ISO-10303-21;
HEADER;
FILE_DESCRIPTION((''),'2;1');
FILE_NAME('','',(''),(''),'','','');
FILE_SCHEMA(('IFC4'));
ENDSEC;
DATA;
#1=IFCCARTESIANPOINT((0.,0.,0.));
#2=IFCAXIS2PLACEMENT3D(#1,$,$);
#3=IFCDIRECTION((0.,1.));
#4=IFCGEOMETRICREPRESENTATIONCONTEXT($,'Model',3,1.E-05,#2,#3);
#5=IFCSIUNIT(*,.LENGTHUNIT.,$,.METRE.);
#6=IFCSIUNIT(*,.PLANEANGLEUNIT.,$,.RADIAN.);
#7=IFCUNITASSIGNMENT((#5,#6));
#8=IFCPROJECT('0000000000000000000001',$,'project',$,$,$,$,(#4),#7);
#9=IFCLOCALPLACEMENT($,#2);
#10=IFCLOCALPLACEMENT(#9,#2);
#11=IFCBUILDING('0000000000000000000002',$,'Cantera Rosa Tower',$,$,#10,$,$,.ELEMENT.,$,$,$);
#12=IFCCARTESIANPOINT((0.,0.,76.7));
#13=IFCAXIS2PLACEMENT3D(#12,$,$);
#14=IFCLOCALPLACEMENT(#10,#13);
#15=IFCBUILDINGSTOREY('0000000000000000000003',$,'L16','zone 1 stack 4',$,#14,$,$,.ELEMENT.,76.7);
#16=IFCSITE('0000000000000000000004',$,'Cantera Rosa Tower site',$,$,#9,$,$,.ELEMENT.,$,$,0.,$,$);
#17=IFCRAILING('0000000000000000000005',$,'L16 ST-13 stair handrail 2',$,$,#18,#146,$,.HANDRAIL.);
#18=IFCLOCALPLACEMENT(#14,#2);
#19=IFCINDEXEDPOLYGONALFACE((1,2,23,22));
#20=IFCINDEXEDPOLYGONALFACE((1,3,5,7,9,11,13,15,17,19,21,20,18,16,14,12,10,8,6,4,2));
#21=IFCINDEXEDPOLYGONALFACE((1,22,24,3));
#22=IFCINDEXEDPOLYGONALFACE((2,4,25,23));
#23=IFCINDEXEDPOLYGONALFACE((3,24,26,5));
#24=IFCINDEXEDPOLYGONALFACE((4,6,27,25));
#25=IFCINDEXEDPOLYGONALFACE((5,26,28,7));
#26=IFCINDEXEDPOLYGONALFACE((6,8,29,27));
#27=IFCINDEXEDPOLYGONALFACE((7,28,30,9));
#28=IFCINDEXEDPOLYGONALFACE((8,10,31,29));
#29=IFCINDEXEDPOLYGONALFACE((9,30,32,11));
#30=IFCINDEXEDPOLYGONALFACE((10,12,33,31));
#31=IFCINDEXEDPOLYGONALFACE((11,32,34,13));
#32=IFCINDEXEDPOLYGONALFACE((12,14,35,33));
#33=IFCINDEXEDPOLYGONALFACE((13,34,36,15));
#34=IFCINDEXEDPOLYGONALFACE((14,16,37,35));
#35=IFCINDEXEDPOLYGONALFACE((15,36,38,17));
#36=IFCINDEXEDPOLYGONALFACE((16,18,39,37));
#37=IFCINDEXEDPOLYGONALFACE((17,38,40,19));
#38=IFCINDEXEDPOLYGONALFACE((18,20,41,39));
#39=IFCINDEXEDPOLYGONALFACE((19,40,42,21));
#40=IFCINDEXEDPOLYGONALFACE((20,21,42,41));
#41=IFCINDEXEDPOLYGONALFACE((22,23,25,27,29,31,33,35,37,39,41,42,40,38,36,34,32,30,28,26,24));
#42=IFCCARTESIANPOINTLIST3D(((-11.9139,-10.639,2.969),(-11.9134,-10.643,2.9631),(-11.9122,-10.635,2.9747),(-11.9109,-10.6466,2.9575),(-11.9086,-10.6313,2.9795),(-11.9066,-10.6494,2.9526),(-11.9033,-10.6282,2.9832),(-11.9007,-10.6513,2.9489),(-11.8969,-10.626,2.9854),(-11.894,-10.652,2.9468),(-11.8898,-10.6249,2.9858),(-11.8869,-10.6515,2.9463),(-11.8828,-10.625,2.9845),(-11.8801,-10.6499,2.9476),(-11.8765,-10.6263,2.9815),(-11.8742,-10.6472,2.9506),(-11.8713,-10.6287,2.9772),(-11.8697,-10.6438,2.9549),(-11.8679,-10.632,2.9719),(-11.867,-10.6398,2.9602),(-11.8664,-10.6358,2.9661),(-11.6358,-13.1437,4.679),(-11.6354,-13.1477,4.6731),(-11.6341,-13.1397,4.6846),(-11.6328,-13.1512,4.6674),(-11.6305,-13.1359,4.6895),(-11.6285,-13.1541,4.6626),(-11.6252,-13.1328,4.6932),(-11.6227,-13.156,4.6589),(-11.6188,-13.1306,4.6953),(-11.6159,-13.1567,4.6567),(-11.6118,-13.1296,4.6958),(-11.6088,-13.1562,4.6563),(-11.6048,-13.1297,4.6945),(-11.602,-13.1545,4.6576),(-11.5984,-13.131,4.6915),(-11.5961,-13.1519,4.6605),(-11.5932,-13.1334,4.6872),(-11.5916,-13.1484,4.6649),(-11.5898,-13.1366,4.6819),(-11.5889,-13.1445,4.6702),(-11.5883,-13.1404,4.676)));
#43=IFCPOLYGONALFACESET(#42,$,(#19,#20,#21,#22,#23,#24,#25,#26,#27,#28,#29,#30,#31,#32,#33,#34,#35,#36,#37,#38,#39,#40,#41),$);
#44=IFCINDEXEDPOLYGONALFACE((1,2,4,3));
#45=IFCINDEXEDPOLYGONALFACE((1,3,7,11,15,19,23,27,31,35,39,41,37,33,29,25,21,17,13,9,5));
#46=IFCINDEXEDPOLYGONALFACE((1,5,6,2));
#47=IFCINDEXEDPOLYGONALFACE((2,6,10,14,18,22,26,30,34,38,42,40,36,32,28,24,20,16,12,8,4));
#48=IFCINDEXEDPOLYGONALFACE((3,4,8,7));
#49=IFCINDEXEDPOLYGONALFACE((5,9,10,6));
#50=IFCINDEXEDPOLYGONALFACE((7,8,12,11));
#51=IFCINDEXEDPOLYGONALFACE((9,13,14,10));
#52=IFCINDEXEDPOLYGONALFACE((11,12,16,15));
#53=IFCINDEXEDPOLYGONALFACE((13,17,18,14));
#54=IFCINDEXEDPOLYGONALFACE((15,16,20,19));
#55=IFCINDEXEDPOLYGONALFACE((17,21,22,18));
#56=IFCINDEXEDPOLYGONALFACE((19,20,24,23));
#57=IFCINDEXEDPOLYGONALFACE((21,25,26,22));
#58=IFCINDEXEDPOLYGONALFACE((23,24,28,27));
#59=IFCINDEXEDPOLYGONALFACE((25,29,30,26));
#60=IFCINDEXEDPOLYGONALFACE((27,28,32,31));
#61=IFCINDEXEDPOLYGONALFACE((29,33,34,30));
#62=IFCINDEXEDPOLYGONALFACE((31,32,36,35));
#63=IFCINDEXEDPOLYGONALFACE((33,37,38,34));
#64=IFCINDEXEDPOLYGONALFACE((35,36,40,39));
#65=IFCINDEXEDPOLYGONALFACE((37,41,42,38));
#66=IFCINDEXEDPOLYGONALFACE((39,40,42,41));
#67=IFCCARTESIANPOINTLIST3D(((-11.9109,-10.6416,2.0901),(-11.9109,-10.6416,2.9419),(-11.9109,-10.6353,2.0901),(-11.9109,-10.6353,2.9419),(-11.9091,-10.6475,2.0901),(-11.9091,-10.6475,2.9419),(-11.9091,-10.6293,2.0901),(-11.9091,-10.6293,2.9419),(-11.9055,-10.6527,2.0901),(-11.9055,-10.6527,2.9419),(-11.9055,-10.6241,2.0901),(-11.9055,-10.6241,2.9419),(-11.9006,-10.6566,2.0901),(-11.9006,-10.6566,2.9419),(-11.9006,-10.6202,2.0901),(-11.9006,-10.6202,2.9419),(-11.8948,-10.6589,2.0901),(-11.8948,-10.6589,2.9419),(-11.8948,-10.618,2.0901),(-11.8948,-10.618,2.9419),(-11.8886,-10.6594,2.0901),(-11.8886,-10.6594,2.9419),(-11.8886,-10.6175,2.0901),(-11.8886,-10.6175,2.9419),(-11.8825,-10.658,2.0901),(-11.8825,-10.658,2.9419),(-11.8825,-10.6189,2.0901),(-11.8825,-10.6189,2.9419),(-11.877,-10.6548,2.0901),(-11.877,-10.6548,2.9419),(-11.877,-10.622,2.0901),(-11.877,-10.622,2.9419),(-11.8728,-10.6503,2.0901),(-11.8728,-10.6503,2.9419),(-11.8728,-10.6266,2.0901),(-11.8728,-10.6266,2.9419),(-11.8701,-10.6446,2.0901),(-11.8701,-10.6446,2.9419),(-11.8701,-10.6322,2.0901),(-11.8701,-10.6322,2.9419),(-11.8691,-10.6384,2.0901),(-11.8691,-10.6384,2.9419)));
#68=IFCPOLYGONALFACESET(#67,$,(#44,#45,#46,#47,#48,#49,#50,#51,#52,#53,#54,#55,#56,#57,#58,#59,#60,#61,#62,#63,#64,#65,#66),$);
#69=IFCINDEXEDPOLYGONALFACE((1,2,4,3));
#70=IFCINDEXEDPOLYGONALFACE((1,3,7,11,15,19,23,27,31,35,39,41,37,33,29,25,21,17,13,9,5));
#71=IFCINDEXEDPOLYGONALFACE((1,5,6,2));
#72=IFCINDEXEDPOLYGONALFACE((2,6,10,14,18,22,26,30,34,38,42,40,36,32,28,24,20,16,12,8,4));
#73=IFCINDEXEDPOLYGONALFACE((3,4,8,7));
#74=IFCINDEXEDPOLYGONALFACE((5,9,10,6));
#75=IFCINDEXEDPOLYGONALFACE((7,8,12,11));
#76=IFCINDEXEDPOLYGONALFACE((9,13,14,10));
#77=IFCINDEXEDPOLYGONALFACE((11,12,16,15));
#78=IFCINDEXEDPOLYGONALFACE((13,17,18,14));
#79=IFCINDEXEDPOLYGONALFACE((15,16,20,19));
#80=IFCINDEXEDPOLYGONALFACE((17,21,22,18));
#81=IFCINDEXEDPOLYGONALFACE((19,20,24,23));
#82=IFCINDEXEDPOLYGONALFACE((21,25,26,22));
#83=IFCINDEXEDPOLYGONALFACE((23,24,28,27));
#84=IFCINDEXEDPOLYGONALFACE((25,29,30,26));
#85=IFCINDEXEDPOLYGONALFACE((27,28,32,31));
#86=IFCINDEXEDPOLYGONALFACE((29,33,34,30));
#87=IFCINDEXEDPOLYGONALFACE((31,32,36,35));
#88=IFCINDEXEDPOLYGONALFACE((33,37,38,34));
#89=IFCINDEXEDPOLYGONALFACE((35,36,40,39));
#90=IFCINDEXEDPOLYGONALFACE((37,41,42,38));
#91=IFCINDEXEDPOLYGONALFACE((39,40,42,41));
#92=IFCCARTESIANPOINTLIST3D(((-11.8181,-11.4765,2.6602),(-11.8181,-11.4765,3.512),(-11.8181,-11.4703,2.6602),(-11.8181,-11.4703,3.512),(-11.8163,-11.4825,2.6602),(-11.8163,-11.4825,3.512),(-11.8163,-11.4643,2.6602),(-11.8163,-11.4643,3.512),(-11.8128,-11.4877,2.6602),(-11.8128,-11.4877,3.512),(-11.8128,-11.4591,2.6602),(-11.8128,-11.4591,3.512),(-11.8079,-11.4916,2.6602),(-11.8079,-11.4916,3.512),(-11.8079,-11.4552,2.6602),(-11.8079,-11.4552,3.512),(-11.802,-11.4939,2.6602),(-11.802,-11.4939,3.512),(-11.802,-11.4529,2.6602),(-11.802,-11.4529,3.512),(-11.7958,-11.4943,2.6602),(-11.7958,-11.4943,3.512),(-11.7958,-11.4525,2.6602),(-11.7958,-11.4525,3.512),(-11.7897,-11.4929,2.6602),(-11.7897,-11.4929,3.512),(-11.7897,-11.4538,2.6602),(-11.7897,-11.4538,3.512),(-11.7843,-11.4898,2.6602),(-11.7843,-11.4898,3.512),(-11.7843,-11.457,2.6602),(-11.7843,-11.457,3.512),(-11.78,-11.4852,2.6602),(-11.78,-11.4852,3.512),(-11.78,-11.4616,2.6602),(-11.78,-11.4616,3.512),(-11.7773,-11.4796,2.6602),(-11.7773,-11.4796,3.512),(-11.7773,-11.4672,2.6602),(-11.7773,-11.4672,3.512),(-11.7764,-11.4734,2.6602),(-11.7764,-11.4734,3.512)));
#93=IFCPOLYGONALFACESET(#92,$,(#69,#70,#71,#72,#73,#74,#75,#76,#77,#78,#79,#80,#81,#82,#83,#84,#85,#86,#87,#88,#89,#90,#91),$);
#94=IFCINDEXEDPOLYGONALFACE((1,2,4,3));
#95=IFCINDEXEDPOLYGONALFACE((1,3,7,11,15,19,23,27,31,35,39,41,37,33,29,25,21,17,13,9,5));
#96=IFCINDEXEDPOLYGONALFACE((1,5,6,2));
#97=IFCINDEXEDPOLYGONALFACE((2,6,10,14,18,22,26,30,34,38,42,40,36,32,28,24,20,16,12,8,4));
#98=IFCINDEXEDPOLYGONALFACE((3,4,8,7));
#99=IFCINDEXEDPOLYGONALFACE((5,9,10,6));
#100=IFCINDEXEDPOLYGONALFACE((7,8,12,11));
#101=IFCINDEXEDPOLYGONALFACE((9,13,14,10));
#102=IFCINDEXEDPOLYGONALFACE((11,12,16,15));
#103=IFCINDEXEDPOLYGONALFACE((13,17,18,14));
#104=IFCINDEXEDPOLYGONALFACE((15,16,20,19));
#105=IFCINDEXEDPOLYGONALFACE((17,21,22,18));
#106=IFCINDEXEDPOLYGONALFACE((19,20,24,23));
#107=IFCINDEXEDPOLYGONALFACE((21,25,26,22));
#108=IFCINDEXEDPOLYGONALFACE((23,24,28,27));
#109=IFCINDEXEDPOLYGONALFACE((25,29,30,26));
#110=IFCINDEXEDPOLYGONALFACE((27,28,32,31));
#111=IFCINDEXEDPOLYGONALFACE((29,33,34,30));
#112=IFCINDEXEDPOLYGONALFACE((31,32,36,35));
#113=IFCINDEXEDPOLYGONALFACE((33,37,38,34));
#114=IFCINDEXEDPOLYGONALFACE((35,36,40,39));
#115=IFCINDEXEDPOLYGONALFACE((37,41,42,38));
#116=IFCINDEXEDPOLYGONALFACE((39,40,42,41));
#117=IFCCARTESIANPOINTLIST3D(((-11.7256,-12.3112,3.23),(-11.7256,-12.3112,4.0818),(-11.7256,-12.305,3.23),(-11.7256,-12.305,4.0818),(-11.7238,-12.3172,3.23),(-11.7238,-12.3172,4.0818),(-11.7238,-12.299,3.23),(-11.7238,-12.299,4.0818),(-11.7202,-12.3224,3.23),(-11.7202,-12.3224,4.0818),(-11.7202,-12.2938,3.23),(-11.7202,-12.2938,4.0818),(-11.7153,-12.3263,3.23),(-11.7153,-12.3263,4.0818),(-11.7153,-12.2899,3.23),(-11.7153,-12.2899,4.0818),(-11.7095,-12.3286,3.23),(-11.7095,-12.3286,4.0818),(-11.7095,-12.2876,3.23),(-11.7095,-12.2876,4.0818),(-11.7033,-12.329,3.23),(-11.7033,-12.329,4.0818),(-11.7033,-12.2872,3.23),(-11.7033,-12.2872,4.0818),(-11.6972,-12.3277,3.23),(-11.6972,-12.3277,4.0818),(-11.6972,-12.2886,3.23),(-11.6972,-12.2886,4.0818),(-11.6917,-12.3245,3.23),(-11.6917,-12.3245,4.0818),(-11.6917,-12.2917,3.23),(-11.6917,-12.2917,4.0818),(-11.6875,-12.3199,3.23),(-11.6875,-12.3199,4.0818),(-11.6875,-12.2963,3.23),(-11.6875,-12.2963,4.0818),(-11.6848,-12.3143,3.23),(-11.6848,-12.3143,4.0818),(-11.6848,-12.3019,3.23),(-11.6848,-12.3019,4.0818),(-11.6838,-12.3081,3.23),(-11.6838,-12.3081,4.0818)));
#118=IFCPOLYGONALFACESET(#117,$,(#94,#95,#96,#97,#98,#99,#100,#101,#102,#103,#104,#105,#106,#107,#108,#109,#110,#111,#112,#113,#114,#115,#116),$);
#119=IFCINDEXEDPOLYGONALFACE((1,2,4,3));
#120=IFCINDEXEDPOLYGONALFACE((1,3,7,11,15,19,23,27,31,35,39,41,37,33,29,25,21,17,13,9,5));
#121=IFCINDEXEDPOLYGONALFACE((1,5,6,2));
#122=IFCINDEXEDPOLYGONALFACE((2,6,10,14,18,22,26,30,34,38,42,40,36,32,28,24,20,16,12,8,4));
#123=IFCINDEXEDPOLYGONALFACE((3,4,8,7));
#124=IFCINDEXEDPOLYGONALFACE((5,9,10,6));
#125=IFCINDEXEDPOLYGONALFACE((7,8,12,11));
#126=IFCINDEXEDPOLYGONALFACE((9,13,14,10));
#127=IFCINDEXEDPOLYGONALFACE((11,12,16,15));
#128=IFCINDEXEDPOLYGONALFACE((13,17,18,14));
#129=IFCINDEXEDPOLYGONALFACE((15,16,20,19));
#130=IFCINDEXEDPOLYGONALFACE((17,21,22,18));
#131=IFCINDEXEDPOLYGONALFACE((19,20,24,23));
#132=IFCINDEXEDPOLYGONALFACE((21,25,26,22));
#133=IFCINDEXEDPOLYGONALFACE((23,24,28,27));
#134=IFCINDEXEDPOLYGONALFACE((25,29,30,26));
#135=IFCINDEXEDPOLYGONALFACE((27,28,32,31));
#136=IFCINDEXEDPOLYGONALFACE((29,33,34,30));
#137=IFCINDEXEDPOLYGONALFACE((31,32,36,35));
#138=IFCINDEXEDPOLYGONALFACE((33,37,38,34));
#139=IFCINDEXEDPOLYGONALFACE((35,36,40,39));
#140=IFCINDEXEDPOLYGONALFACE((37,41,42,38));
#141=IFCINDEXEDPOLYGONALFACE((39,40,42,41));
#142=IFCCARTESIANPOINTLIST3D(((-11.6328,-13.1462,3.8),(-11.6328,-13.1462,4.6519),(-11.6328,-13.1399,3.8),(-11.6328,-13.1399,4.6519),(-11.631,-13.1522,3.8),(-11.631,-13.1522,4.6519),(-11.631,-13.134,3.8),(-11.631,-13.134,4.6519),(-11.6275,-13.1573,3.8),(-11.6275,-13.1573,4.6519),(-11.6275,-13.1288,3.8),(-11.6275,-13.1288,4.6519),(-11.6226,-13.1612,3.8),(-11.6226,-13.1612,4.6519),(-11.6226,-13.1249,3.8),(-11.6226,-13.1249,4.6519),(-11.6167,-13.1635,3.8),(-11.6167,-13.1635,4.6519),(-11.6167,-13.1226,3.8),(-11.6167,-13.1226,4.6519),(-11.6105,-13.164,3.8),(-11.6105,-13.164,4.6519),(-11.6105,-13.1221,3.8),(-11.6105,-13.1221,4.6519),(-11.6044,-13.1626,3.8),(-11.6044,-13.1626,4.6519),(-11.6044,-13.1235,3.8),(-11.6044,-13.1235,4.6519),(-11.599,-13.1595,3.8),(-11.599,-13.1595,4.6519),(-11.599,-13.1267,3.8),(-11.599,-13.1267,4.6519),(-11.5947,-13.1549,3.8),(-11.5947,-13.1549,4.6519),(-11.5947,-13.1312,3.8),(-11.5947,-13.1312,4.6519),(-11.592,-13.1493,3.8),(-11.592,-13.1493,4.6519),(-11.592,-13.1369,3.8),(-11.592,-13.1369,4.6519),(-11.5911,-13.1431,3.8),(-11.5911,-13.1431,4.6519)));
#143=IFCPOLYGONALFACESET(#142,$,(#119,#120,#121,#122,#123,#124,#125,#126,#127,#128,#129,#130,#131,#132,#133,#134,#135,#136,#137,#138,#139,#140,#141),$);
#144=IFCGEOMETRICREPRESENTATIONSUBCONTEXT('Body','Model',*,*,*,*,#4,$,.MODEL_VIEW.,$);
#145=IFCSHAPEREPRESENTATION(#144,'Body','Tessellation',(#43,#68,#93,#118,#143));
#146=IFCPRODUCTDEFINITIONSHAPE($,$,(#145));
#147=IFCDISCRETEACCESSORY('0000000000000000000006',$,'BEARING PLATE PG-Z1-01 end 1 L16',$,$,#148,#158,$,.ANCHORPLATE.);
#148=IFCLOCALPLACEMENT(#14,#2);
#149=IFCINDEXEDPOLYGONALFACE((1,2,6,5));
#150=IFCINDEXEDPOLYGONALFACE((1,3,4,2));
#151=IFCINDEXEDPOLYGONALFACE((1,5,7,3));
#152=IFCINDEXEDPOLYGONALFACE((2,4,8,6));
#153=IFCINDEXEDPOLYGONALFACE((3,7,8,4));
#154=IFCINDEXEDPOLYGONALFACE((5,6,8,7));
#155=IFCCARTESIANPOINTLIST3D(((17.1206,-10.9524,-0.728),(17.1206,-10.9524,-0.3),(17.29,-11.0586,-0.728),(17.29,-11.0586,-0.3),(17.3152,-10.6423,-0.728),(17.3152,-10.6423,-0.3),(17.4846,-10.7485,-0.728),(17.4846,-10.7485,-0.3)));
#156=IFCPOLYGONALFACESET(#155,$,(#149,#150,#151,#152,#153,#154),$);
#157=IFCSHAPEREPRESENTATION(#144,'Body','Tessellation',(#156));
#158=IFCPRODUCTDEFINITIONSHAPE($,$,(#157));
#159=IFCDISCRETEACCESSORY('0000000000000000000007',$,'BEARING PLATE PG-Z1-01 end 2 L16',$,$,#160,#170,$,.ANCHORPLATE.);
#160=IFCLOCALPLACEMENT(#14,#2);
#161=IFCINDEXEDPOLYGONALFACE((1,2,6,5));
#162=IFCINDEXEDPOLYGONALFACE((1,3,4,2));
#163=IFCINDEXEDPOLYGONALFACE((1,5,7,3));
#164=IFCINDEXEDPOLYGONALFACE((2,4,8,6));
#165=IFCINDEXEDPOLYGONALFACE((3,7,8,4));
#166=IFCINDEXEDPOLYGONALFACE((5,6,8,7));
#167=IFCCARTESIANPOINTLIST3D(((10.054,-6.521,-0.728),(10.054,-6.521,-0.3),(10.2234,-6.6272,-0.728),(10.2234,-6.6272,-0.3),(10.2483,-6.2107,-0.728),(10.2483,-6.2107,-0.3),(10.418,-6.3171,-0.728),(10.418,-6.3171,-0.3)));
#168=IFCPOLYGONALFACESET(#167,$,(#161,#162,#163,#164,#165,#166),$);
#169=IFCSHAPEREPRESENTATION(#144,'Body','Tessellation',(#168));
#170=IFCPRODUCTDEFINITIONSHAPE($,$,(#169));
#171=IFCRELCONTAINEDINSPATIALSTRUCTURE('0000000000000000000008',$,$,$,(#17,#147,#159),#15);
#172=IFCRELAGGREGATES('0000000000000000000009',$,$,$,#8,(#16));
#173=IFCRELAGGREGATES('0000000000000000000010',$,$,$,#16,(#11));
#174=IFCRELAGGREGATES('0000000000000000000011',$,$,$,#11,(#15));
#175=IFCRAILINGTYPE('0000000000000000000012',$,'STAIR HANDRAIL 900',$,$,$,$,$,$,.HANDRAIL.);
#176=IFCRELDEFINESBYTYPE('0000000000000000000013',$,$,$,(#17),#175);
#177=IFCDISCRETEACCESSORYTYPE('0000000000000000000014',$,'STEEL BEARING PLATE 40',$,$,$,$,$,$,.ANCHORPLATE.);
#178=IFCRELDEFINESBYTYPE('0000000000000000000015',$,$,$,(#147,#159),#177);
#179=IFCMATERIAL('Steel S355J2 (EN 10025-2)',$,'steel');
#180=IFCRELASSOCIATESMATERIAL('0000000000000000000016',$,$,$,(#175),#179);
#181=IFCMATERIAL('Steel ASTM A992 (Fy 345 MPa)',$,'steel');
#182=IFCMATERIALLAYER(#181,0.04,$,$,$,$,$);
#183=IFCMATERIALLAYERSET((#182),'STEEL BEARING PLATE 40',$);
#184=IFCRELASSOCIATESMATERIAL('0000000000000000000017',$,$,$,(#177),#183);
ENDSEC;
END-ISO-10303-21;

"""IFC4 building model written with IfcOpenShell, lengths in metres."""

from ifc_helpers import new_model, si_unit, direction, frame, origin, origin_2d, place, context, subcontext, project, spatial, polyline, circle, outline, extrude, material, layer, layer_set, type_object, element, save


model = new_model("IFC4")

# Units and contexts
model_context = context("Model", 3, precision=1e-05, world=origin(), true_north=direction((0.0, 1.0)))
body_context = subcontext(model_context, "Body", "Model", "MODEL_VIEW")
ifc_project = project(units=[si_unit("LENGTHUNIT", "METRE"), si_unit("PLANEANGLEUNIT", "RADIAN")], contexts=[model_context])

# Site, building, storey
site_placement = place(None, origin())
site = spatial("IfcSite", under=ifc_project, at=site_placement, Name="Cantera Rosa Tower site", CompositionType="ELEMENT", RefElevation=0.0)
building_placement = place(site_placement, origin())
building = spatial("IfcBuilding", under=site, at=building_placement, Name="Cantera Rosa Tower", CompositionType="ELEMENT")
storey_placement = place(building_placement, frame((0.0, 0.0, 76.7)))
storey = spatial("IfcBuildingStorey", under=building, at=storey_placement, Name="L16", Description="zone 1 stack 4", CompositionType="ELEMENT", Elevation=76.7)

# Railing
ifc_material_1 = material(Name="Steel S355J2 (EN 10025-2)", Category="steel")
railing_type_1 = type_object("IfcRailingType", Name="STAIR HANDRAIL 900", PredefinedType="HANDRAIL", material=ifc_material_1)
railing_1_placement = place(storey_placement, frame((-11.8901, -10.6384, 2.0901)))
element("IfcRailing", 1, at=railing_1_placement, inside=storey, type_object=railing_type_1, Name="L16 ST-13 stair handrail 2", PredefinedType="HANDRAIL", context=body_context, shape_type="SweptSolid", body=[
    extrude(circle(Radius=0.0239, at=origin_2d()), frame((0.0, 0.0, 0.876), z_axis=(0.09131, -0.822431, 0.561488), x_axis=(0.993893, 0.110346, 0.0)), (0.0, 0.0, 1.0), 3.0454),
    extrude(circle(Radius=0.021, at=origin_2d()), origin(), (0.0, 0.0, 1.0), 0.8518),
    extrude(circle(Radius=0.021, at=origin_2d()), frame((0.0928, -0.835, 0.5701)), (0.0, 0.0, 1.0), 0.8518),
    extrude(circle(Radius=0.021, at=origin_2d()), frame((0.1853, -1.6697, 1.1399)), (0.0, 0.0, 1.0), 0.8518),
    extrude(circle(Radius=0.021, at=origin_2d()), frame((0.2781, -2.5046, 1.71)), (0.0, 0.0, 1.0), 0.8518),
])

# Discrete accessories
ifc_material_2 = material(Name="Steel ASTM A992 (Fy 345 MPa)", Category="steel")
ifc_layer_1 = layer(ifc_material_2, 0.04)
ifc_layer_set_1 = layer_set([ifc_layer_1], Name="STEEL BEARING PLATE 40")
discrete_accessory_type = type_object("IfcDiscreteAccessoryType", Name="STEEL BEARING PLATE 40", PredefinedType="ANCHORPLATE", material=ifc_layer_set_1)
discrete_accessory_1_placement = place(storey_placement, frame((0.0, 0.0, -0.728)))
element("IfcDiscreteAccessory", 2, at=discrete_accessory_1_placement, inside=storey, type_object=discrete_accessory_type, Name="BEARING PLATE PG-Z1-01 end 1 L16", PredefinedType="ANCHORPLATE", context=body_context, shape_type="SweptSolid", body=[
    extrude(outline(polyline([(17.1206, -10.9524), (17.29, -11.0586), (17.4846, -10.7485), (17.3152, -10.6423), (17.1206, -10.9524)])), origin(), (0.0, 0.0, 1.0), 0.428),
])
discrete_accessory_2_placement = place(storey_placement, frame((0.0, 0.0, -0.728)))
element("IfcDiscreteAccessory", 3, at=discrete_accessory_2_placement, inside=storey, type_object=discrete_accessory_type, Name="BEARING PLATE PG-Z1-01 end 2 L16", PredefinedType="ANCHORPLATE", context=body_context, shape_type="SweptSolid", body=[
    extrude(outline(polyline([(10.418, -6.3171), (10.2483, -6.2107), (10.054, -6.521), (10.2234, -6.6272), (10.418, -6.3171)])), origin(), (0.0, 0.0, 1.0), 0.428),
])

save(model, "model.ifc")
